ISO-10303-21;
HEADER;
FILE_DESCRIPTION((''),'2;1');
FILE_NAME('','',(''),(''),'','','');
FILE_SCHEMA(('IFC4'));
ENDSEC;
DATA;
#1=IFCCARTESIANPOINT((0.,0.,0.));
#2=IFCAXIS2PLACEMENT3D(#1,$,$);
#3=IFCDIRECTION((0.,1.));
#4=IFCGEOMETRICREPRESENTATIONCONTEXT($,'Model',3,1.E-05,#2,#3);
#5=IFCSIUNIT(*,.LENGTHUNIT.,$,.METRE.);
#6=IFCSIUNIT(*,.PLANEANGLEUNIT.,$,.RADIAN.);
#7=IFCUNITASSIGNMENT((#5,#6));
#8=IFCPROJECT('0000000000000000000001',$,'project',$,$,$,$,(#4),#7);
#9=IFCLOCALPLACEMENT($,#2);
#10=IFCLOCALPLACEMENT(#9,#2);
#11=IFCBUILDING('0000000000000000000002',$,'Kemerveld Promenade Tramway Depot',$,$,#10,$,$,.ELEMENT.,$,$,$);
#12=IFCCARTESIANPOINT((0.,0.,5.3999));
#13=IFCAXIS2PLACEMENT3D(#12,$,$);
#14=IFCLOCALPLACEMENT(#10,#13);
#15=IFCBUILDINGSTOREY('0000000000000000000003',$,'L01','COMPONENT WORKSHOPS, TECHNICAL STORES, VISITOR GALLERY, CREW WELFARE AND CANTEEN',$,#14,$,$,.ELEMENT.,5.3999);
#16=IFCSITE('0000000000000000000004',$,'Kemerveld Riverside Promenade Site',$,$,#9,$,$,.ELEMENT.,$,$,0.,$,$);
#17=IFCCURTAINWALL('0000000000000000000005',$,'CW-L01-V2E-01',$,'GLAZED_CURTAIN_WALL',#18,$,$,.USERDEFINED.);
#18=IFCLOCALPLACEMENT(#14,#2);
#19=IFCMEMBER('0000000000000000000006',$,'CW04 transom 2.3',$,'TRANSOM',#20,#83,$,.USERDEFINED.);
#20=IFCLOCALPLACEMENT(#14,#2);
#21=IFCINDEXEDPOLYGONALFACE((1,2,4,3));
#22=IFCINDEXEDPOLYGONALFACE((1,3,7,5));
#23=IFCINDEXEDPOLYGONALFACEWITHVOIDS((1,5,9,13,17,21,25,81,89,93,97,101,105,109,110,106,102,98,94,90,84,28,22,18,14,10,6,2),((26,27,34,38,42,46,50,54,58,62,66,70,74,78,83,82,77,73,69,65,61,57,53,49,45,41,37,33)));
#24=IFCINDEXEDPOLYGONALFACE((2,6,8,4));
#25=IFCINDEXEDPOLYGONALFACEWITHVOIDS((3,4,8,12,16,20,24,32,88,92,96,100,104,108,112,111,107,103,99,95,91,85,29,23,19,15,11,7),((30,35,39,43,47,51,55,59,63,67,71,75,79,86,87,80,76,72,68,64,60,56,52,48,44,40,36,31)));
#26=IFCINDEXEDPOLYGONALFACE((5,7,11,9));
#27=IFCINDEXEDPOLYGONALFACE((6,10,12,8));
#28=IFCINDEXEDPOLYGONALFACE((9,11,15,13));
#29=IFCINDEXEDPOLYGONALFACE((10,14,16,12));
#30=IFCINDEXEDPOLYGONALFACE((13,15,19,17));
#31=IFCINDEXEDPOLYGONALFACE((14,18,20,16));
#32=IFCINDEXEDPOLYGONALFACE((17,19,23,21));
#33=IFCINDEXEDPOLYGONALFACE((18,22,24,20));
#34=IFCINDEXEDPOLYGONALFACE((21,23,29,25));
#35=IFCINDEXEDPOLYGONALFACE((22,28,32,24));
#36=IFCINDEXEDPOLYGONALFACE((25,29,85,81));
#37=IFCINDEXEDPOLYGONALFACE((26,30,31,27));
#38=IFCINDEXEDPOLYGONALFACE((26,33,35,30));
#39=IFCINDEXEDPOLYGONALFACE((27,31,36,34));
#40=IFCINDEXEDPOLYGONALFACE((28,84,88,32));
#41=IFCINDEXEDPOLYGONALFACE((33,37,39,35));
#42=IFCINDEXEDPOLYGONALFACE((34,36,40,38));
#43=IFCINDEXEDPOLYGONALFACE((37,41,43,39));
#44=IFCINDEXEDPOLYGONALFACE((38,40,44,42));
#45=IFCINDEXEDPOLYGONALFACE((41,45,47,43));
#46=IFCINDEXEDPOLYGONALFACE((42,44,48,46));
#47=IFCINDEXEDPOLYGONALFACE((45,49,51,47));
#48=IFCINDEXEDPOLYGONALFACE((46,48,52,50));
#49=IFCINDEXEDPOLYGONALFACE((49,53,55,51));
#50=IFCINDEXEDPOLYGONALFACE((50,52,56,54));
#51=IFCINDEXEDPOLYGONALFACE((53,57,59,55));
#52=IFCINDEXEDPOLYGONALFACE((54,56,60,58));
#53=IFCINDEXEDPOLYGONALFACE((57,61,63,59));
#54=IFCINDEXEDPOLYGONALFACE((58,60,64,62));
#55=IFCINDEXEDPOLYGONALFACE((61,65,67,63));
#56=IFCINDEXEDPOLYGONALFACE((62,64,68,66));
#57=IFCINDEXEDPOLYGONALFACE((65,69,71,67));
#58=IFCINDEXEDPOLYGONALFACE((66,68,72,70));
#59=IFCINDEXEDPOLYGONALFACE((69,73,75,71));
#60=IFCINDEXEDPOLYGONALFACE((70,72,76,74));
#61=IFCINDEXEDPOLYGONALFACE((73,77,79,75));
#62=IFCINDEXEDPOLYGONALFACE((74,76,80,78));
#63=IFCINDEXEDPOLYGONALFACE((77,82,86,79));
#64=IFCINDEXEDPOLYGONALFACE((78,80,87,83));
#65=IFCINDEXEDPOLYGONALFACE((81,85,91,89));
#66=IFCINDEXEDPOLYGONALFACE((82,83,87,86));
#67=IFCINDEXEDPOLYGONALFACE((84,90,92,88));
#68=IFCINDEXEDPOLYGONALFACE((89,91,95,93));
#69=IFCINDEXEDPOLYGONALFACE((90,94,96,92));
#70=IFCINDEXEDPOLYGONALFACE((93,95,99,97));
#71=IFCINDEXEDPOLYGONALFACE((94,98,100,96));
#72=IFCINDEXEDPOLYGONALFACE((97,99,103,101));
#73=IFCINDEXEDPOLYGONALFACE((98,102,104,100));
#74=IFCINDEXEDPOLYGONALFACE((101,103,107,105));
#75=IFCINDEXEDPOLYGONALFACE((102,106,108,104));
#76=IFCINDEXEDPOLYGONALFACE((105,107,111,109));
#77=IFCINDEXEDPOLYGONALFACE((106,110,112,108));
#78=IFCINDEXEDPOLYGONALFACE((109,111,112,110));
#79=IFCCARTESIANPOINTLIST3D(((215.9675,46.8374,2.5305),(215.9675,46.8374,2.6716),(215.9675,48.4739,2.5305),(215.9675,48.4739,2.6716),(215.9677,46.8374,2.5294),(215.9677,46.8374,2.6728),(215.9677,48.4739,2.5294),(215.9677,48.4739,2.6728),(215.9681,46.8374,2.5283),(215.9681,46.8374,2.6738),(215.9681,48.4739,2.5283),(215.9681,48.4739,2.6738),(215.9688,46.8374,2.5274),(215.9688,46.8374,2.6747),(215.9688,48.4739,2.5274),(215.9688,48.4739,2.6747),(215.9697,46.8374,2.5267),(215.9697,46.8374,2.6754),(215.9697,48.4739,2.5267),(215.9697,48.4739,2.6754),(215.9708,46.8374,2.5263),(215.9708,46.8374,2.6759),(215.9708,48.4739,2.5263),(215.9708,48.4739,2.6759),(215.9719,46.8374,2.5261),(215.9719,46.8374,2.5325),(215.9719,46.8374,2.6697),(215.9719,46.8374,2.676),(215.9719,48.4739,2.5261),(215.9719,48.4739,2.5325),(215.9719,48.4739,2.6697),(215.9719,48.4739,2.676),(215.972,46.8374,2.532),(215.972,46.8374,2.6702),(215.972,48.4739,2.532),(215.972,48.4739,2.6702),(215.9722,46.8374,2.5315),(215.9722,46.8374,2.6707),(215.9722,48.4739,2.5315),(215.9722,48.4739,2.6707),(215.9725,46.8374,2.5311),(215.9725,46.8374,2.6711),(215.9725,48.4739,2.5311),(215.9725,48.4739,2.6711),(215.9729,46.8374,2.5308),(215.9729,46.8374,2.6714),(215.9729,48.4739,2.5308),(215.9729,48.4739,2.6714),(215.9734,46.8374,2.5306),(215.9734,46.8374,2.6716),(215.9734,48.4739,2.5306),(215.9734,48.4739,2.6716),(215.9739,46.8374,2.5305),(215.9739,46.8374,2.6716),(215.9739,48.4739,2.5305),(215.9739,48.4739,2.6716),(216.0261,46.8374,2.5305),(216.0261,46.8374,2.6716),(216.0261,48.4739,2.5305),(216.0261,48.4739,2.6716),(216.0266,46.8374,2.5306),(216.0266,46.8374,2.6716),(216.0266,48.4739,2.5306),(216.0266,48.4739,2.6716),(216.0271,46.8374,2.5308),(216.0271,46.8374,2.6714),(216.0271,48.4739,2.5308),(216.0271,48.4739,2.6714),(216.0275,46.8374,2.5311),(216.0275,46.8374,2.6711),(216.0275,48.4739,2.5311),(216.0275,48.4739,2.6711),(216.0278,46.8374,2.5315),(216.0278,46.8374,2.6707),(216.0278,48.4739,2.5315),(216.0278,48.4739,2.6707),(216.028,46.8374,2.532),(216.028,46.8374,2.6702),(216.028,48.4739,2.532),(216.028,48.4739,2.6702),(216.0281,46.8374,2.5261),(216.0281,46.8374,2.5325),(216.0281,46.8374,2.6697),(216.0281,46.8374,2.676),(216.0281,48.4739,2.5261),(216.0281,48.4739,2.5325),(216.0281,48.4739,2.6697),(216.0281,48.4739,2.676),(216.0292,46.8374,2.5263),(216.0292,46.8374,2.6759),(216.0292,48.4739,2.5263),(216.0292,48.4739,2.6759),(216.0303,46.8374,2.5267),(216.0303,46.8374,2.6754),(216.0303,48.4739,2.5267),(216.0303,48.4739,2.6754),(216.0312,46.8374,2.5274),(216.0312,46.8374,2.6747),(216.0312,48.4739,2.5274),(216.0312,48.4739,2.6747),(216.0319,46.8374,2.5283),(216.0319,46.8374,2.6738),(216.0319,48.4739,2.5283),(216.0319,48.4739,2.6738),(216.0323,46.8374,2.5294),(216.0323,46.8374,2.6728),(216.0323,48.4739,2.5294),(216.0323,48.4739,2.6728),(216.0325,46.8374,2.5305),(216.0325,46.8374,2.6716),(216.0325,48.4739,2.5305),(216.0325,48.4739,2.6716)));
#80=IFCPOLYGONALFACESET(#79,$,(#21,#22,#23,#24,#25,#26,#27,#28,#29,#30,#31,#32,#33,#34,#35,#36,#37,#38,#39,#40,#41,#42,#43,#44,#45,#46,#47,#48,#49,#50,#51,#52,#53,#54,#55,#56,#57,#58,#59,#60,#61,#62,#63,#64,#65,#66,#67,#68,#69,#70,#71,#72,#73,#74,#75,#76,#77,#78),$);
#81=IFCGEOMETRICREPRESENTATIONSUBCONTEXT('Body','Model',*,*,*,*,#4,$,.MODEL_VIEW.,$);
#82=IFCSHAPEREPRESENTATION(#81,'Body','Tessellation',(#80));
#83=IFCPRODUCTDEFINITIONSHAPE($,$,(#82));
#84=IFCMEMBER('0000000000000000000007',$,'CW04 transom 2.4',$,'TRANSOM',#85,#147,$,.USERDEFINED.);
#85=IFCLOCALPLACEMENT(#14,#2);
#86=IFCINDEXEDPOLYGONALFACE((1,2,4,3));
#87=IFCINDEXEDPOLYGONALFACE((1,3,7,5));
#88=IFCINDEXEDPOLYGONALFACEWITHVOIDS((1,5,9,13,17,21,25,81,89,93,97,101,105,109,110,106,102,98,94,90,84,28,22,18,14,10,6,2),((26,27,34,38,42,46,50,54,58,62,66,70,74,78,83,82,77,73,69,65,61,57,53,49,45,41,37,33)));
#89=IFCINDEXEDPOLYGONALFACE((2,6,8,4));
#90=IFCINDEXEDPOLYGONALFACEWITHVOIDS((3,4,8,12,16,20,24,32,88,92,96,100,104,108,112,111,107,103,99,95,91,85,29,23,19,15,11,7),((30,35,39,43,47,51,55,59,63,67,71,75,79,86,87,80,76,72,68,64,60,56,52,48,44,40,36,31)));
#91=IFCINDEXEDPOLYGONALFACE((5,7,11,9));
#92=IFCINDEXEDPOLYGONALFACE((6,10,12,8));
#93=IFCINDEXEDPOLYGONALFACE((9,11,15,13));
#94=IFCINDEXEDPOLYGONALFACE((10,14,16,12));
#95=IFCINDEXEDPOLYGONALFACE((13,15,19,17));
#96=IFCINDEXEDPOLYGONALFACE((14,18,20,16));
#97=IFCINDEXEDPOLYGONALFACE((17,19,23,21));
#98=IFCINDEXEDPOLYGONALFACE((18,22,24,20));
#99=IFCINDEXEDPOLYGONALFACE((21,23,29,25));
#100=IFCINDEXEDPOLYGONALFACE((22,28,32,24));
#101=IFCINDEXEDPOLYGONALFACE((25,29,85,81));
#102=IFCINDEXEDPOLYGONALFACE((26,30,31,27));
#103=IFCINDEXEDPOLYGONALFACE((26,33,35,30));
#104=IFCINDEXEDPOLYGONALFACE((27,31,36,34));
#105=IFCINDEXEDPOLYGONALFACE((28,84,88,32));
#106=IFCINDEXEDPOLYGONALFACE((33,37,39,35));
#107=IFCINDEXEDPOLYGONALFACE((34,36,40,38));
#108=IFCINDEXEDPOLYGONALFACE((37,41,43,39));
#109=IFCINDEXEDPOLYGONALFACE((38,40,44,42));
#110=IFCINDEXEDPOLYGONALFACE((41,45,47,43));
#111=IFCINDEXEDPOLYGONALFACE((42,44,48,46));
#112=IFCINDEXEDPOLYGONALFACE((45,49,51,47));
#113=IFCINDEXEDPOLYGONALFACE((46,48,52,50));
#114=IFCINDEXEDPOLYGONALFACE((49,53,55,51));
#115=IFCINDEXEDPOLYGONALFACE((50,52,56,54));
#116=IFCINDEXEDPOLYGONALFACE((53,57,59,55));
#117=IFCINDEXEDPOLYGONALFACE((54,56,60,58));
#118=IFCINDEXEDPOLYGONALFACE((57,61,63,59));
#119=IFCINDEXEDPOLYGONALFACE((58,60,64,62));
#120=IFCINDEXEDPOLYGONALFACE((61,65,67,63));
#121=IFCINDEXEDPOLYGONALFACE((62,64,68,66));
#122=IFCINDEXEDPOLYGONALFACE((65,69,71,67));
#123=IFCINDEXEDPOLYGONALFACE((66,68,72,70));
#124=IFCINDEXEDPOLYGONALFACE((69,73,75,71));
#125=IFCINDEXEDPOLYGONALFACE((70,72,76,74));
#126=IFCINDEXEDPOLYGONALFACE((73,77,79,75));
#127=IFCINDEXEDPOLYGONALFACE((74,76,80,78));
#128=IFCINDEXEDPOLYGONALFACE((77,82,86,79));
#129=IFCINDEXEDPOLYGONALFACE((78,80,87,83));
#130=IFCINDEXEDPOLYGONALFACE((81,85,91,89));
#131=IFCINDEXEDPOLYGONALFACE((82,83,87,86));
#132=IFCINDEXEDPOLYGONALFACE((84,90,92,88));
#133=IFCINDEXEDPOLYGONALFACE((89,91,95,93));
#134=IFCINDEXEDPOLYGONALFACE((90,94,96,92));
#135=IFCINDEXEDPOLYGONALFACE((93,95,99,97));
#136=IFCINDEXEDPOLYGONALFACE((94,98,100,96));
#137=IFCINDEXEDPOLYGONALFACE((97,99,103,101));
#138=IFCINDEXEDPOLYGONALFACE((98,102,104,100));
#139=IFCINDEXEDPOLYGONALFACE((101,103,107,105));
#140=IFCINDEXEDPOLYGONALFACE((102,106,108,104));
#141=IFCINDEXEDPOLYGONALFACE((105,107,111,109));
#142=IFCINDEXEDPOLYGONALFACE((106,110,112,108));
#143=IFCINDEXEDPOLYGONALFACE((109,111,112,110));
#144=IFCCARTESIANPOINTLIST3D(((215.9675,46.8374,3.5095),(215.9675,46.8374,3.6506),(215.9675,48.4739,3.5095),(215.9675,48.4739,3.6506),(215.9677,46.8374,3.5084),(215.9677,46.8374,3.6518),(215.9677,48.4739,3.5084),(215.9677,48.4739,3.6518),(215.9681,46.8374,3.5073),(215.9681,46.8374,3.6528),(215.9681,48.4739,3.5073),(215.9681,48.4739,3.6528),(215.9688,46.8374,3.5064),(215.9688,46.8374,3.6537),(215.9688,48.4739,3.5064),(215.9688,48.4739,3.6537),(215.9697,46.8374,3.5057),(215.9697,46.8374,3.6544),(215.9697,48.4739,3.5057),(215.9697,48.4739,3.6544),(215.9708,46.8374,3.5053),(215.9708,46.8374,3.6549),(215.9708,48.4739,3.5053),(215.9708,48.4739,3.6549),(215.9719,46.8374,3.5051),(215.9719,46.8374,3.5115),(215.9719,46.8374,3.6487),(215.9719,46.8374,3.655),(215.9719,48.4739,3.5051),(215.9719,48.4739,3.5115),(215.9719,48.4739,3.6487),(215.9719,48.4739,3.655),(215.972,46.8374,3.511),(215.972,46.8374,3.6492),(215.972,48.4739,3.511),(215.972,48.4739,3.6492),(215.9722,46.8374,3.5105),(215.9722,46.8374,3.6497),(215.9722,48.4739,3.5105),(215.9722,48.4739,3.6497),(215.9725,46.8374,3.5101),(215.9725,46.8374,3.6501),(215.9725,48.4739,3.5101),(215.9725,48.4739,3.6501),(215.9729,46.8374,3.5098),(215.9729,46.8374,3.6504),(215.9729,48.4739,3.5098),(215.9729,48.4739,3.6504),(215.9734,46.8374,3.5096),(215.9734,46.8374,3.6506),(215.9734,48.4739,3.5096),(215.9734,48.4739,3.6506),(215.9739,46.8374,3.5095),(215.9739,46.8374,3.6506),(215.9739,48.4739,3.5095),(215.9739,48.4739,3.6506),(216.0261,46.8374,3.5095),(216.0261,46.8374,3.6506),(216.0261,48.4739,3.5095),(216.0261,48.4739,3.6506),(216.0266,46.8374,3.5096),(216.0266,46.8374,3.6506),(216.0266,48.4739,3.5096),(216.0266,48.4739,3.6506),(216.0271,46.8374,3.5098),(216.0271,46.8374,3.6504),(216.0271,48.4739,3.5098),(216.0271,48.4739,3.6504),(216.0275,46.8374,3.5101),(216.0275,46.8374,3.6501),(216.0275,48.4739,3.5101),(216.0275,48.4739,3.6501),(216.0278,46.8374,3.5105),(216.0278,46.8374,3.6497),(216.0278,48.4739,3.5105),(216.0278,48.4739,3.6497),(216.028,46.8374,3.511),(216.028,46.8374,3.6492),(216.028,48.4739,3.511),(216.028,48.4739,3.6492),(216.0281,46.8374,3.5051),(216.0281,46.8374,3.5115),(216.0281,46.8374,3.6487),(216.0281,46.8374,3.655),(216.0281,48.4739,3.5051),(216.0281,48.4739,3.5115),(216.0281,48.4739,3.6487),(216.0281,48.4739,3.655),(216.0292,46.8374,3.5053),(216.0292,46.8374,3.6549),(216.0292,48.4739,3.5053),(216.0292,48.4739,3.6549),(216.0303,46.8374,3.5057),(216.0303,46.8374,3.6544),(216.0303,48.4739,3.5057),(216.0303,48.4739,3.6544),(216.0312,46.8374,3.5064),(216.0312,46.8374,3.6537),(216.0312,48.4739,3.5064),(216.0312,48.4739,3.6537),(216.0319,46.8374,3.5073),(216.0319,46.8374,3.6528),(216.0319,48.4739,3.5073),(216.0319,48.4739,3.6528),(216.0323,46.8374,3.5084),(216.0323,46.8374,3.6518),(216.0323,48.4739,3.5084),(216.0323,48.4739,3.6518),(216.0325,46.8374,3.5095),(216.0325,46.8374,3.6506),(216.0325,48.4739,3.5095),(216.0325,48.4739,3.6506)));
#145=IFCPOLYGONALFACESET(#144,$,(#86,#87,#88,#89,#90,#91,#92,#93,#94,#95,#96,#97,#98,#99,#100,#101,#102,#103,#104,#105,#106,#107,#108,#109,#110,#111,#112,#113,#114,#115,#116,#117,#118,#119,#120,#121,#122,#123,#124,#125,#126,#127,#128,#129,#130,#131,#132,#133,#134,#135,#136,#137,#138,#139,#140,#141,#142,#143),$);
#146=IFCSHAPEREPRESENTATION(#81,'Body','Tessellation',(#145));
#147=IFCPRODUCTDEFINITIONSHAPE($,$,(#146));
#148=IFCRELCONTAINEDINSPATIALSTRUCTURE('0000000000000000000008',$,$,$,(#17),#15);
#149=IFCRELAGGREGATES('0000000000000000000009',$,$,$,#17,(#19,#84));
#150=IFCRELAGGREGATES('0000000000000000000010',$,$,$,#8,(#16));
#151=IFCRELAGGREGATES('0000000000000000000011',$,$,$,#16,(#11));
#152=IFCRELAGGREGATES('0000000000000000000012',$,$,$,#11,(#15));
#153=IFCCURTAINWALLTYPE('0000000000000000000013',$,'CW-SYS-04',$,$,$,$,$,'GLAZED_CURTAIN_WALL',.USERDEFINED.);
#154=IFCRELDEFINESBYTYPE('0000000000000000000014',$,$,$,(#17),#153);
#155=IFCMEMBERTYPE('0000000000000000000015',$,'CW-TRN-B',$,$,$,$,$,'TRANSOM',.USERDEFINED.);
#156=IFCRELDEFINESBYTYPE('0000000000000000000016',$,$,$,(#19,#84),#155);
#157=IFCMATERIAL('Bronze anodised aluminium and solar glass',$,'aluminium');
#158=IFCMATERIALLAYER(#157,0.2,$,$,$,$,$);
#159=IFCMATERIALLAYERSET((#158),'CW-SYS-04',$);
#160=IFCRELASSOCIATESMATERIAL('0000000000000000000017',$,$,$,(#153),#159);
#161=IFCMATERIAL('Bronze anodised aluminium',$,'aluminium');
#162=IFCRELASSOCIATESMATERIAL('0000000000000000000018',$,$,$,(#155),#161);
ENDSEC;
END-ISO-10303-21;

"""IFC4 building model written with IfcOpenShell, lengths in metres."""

from ifc_helpers import new_model, si_unit, direction, frame, origin, origin_2d, place, context, subcontext, project, spatial, hollow_rectangle, extrude, material, layer, layer_set, material_profile, profile_set, type_object, element, aggregate, save


model = new_model("IFC4")

# Units and contexts
model_context = context("Model", 3, precision=1e-05, world=origin(), true_north=direction((0.0, 1.0)))
body_context = subcontext(model_context, "Body", "Model", "MODEL_VIEW")
ifc_project = project(units=[si_unit("LENGTHUNIT", "METRE"), si_unit("PLANEANGLEUNIT", "RADIAN")], contexts=[model_context])

# Site, building, storey
site_placement = place(None, origin())
site = spatial("IfcSite", under=ifc_project, at=site_placement, Name="Kemerveld Riverside Promenade Site", CompositionType="ELEMENT", RefElevation=0.0)
building_placement = place(site_placement, origin())
building = spatial("IfcBuilding", under=site, at=building_placement, Name="Kemerveld Promenade Tramway Depot", CompositionType="ELEMENT")
storey_placement = place(building_placement, frame((0.0, 0.0, 5.3999)))
storey = spatial("IfcBuildingStorey", under=building, at=storey_placement, Name="L01", Description="COMPONENT WORKSHOPS, TECHNICAL STORES, VISITOR GALLERY, CREW WELFARE AND CANTEEN", CompositionType="ELEMENT", Elevation=5.3999)

# Shared definitions
ifc_material_1 = material(Name="Bronze anodised aluminium and solar glass", Category="aluminium")
ifc_material_2 = material(Name="Bronze anodised aluminium", Category="aluminium")

# Curtain wall, members
ifc_layer_1 = layer(ifc_material_1, 0.2)
ifc_layer_set_1 = layer_set([ifc_layer_1], Name="CW-SYS-04")
curtain_wall_type_1 = type_object("IfcCurtainWallType", Name="CW-SYS-04", ElementType="GLAZED_CURTAIN_WALL", PredefinedType="USERDEFINED", material=ifc_layer_set_1)
curtain_wall_1_placement = place(storey_placement, origin())
curtain_wall_1 = element("IfcCurtainWall", 1, at=curtain_wall_1_placement, inside=storey, type_object=curtain_wall_type_1, Name="CW-L01-V2E-01", ObjectType="GLAZED_CURTAIN_WALL", PredefinedType="USERDEFINED")
ifc_material_profile_1 = material_profile(ifc_material_2, hollow_rectangle(XDim=0.0649, YDim=0.1499, WallThickness=0.0044, InnerFilletRadius=0.002, OuterFilletRadius=0.0044, at=origin_2d()), Name="CW-TRN-150x65")
ifc_profile_set_1 = profile_set([ifc_material_profile_1], Name="Bronze anodised aluminium")
member_type_1 = type_object("IfcMemberType", Name="CW-TRN-B", ElementType="TRANSOM", PredefinedType="USERDEFINED", material=ifc_profile_set_1)
member_1_placement = place(storey_placement, frame((216.0, 48.4739, 2.6011), z_axis=(0.0, -1.0, 0.0), x_axis=(1.0, 0.0, 0.0)))
member_1 = element("IfcMember", 2, at=member_1_placement, type_object=member_type_1, Name="CW04 transom 2.3", ObjectType="TRANSOM", PredefinedType="USERDEFINED", context=body_context, shape_type="SweptSolid", body=[
    extrude(hollow_rectangle(XDim=0.0649, YDim=0.1499, WallThickness=0.0044, InnerFilletRadius=0.002, OuterFilletRadius=0.0044, at=origin_2d()), origin(), (0.0, 0.0, 1.0), 1.6365),
])
member_2_placement = place(storey_placement, frame((216.0, 48.4739, 3.5801), z_axis=(0.0, -1.0, 0.0), x_axis=(1.0, 0.0, 0.0)))
member_2 = element("IfcMember", 3, at=member_2_placement, type_object=member_type_1, Name="CW04 transom 2.4", ObjectType="TRANSOM", PredefinedType="USERDEFINED", context=body_context, shape_type="SweptSolid", body=[
    extrude(hollow_rectangle(XDim=0.0649, YDim=0.1499, WallThickness=0.0044, InnerFilletRadius=0.002, OuterFilletRadius=0.0044, at=origin_2d()), origin(), (0.0, 0.0, 1.0), 1.6365),
])

aggregate(curtain_wall_1, [member_1, member_2])

save(model, "model.ifc")
